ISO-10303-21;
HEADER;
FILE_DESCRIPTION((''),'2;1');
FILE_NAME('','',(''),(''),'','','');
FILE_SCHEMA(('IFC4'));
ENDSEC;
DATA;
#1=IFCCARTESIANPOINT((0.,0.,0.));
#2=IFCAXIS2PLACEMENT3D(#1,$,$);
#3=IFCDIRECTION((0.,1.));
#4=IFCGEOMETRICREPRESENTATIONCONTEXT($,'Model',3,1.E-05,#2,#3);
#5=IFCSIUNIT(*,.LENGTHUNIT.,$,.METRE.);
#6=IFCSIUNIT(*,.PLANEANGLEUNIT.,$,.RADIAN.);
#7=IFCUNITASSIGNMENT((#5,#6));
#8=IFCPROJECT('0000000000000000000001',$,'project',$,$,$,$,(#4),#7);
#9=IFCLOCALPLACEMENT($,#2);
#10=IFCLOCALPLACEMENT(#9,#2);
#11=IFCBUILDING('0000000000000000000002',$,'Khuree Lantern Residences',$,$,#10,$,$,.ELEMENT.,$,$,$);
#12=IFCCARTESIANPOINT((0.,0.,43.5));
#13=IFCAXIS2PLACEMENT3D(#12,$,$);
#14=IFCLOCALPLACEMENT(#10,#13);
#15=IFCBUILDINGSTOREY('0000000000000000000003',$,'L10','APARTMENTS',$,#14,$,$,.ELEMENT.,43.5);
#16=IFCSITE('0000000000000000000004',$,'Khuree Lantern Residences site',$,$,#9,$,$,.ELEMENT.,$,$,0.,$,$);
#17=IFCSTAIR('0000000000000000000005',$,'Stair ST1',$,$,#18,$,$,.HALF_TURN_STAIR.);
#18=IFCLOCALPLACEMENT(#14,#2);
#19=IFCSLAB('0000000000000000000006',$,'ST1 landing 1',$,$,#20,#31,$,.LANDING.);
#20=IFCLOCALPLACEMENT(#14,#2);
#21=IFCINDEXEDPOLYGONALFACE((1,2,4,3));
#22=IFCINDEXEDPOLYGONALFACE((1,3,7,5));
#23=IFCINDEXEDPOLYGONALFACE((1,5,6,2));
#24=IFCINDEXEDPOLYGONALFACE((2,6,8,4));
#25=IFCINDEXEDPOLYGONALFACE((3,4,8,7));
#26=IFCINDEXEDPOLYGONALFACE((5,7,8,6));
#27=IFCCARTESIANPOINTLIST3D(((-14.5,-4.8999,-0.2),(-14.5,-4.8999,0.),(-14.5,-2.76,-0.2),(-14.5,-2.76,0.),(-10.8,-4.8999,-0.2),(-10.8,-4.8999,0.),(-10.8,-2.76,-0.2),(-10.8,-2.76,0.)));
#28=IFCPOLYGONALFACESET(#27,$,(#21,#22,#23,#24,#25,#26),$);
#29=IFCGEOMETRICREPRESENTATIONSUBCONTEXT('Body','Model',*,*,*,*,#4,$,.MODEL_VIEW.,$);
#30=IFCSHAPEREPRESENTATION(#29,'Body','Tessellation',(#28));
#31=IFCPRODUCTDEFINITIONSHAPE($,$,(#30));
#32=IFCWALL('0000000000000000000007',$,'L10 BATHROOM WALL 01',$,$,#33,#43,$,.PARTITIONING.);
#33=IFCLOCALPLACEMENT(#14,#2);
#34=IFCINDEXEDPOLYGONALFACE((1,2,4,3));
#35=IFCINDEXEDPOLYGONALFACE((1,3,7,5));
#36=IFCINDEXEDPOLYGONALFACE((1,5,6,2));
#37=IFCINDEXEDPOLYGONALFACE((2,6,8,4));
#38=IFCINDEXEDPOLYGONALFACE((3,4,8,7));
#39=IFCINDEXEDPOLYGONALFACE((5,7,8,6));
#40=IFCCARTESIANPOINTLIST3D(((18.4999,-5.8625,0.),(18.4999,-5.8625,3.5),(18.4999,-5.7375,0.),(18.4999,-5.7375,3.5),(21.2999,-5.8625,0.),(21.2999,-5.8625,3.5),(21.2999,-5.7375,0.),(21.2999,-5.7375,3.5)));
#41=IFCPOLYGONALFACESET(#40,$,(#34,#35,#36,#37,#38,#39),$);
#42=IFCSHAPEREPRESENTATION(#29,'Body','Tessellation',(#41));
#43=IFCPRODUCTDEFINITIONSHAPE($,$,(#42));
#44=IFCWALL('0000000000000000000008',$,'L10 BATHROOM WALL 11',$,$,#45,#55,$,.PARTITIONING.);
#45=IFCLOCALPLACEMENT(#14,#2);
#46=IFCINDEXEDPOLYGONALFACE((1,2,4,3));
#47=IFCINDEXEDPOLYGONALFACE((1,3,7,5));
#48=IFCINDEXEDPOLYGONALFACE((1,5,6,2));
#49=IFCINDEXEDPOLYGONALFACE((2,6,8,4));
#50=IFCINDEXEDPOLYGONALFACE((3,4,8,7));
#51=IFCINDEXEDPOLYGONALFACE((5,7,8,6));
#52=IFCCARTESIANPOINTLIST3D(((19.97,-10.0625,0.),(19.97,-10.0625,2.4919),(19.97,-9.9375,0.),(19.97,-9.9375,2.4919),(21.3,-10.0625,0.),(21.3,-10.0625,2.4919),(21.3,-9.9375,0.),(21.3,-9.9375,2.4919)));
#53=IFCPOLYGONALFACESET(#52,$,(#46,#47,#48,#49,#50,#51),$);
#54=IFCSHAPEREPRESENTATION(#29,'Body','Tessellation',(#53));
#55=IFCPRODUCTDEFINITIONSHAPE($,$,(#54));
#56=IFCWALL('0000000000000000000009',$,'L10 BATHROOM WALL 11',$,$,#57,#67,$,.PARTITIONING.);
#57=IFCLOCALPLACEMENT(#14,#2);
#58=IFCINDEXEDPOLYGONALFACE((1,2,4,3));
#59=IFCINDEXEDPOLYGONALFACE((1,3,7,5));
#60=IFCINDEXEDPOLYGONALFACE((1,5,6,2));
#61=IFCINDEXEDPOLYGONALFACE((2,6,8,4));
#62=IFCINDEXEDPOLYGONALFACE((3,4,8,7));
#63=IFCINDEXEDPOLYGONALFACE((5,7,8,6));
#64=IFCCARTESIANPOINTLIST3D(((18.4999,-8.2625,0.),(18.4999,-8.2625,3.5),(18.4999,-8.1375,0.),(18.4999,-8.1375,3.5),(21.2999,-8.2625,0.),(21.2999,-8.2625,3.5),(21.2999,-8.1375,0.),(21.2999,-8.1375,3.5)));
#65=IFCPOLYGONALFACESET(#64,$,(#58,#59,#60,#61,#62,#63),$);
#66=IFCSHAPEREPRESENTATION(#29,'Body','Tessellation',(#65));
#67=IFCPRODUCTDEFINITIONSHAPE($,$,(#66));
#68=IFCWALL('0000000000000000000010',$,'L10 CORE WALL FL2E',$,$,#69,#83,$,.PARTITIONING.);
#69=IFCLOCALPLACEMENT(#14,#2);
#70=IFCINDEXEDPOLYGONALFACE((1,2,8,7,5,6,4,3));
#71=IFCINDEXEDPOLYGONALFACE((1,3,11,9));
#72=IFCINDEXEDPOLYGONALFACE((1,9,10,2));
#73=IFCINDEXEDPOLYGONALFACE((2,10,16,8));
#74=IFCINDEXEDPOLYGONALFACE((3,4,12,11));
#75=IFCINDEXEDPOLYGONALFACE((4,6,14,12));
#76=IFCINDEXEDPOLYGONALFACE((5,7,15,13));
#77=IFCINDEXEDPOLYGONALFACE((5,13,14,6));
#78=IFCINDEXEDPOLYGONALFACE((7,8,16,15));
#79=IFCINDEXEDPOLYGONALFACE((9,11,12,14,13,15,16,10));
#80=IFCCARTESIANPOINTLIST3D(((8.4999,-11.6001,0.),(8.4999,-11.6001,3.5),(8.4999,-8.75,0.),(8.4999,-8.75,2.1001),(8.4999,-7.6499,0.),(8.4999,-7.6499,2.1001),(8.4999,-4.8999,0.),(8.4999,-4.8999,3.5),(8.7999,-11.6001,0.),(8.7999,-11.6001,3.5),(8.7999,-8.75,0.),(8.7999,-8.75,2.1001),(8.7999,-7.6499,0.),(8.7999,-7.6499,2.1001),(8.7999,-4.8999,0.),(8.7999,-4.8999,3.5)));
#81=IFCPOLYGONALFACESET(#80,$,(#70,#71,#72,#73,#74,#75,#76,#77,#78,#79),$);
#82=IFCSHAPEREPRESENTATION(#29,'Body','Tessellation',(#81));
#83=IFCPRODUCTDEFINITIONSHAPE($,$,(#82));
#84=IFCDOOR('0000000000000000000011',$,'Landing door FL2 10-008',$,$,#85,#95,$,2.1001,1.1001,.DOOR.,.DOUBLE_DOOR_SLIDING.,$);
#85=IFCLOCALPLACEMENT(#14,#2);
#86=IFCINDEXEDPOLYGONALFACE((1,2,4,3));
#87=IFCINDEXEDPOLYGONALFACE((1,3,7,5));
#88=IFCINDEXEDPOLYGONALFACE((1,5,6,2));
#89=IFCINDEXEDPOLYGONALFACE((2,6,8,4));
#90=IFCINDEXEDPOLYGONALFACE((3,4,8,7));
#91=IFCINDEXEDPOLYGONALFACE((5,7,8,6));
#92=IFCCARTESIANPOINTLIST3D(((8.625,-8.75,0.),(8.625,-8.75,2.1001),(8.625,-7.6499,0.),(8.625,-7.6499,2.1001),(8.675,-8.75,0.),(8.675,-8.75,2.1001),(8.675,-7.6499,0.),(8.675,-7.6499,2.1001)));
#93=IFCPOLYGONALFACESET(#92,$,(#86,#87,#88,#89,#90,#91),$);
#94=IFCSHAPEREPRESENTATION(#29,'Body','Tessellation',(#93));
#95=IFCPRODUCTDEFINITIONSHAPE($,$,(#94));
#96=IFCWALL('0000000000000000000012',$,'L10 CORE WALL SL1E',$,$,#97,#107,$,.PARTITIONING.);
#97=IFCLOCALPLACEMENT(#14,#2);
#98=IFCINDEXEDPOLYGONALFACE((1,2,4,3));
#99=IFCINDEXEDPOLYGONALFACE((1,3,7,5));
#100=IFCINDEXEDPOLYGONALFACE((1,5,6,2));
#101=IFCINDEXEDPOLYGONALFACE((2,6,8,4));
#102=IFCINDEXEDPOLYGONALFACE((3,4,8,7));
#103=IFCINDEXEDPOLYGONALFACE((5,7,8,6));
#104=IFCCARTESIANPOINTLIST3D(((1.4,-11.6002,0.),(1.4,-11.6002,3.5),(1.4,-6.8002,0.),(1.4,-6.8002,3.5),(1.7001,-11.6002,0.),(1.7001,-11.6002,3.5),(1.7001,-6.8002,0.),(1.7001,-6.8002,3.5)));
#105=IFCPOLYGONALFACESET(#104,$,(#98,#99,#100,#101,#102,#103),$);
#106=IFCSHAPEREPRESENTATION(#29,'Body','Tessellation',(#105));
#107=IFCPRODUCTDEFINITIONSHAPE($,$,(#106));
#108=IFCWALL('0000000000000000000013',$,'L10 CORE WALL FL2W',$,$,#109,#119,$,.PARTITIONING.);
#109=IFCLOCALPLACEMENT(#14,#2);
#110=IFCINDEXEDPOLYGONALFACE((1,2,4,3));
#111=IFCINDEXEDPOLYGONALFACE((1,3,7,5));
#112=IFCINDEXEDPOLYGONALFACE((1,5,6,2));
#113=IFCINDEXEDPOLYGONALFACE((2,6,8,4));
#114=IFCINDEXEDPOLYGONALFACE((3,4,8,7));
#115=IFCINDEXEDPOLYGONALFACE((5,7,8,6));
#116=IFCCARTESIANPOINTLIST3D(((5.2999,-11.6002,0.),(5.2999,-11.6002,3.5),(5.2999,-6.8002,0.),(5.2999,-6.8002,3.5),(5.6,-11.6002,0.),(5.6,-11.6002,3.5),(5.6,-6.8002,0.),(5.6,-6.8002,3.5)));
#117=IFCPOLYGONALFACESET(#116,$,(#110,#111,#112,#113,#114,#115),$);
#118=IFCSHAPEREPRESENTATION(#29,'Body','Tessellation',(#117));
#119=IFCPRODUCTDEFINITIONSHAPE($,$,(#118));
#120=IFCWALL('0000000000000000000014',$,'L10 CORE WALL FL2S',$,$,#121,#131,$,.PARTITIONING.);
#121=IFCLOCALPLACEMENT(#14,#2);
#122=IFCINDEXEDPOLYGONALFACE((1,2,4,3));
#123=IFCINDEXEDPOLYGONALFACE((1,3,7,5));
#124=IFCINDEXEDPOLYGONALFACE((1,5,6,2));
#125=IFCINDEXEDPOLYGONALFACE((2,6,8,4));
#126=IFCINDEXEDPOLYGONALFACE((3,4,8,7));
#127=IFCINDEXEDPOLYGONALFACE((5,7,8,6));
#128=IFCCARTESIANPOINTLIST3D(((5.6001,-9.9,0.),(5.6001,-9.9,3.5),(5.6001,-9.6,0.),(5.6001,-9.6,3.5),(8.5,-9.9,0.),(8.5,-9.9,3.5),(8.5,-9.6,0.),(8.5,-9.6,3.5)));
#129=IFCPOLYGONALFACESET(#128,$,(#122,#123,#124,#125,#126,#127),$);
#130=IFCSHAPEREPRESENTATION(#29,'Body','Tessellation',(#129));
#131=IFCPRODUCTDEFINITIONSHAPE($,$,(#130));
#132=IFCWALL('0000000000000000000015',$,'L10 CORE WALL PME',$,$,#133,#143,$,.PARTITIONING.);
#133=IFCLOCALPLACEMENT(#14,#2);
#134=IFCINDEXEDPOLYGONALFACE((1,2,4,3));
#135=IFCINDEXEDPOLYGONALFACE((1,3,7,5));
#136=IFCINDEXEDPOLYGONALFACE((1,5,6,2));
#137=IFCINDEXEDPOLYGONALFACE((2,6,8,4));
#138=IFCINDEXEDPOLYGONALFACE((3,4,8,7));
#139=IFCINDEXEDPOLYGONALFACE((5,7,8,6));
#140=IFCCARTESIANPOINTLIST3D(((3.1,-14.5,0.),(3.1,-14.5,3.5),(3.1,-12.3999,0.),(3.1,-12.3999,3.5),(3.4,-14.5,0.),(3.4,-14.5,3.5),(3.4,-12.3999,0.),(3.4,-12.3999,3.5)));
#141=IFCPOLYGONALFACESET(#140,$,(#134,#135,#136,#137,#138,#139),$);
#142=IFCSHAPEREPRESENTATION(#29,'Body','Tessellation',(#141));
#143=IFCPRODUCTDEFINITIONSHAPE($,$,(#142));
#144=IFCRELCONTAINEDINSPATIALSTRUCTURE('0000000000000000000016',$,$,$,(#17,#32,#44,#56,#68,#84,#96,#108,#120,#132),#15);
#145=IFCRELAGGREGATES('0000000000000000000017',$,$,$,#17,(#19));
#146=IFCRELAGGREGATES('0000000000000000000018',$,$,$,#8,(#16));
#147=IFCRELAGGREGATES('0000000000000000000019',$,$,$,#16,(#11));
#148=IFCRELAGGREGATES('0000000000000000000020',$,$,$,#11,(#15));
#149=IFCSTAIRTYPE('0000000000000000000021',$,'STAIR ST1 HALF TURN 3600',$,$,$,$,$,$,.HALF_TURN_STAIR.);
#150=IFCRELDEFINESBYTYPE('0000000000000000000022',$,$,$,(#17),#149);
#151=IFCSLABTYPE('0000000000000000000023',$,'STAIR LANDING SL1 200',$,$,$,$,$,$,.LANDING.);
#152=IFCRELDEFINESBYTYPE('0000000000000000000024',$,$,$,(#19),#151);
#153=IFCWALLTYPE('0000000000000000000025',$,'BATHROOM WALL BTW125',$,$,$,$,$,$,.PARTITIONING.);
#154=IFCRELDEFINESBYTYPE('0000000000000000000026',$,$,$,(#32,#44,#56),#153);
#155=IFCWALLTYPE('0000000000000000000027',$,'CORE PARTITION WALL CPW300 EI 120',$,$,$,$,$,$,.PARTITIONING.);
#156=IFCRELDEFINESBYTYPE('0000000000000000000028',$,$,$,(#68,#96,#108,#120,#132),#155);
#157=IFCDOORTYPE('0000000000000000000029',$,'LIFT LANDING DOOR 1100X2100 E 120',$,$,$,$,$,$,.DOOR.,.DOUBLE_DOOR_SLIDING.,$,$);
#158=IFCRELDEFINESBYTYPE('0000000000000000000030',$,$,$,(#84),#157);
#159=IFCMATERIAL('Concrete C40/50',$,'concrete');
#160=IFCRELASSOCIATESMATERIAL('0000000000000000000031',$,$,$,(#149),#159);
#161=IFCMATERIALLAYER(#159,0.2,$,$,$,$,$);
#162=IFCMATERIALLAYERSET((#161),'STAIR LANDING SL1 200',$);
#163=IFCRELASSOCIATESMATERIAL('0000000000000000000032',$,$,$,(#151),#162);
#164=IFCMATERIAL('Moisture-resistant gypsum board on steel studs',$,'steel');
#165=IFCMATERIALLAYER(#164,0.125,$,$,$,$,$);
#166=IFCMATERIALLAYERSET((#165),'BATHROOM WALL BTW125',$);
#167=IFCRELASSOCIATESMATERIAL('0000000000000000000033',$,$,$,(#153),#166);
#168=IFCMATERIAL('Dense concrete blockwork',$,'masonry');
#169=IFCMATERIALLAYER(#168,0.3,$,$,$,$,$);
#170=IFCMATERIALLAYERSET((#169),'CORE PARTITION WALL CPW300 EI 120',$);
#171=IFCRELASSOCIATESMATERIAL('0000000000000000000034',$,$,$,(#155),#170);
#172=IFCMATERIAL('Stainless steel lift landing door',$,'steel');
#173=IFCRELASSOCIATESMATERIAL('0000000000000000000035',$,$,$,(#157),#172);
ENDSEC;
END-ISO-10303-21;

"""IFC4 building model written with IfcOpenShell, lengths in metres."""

from ifc_helpers import new_model, si_unit, direction, frame, frame_2d, origin, place, context, subcontext, project, spatial, polyline, rectangle, outline, extrude, material, layer, layer_set, type_object, element, fill, aggregate, save


model = new_model("IFC4")

# Units and contexts
model_context = context("Model", 3, precision=1e-05, world=origin(), true_north=direction((0.0, 1.0)))
body_context = subcontext(model_context, "Body", "Model", "MODEL_VIEW")
ifc_project = project(units=[si_unit("LENGTHUNIT", "METRE"), si_unit("PLANEANGLEUNIT", "RADIAN")], contexts=[model_context])

# Site, building, storey
site_placement = place(None, origin())
site = spatial("IfcSite", under=ifc_project, at=site_placement, Name="Khuree Lantern Residences site", CompositionType="ELEMENT", RefElevation=0.0)
building_placement = place(site_placement, origin())
building = spatial("IfcBuilding", under=site, at=building_placement, Name="Khuree Lantern Residences", CompositionType="ELEMENT")
storey_placement = place(building_placement, frame((0.0, 0.0, 43.5)))
storey = spatial("IfcBuildingStorey", under=building, at=storey_placement, Name="L10", Description="APARTMENTS", CompositionType="ELEMENT", Elevation=43.5)

# Stair, slab
ifc_material_1 = material(Name="Concrete C40/50", Category="concrete")
stair_type = type_object("IfcStairType", Name="STAIR ST1 HALF TURN 3600", PredefinedType="HALF_TURN_STAIR", material=ifc_material_1)
stair_1_placement = place(storey_placement, origin())
stair_1 = element("IfcStair", 1, at=stair_1_placement, inside=storey, type_object=stair_type, Name="Stair ST1", PredefinedType="HALF_TURN_STAIR")
ifc_layer_1 = layer(ifc_material_1, 0.2)
ifc_layer_set_1 = layer_set([ifc_layer_1], Name="STAIR LANDING SL1 200")
slab_type = type_object("IfcSlabType", Name="STAIR LANDING SL1 200", PredefinedType="LANDING", material=ifc_layer_set_1)
slab_placement = place(storey_placement, frame((0.0, 0.0, -0.2)))
slab = element("IfcSlab", 2, at=slab_placement, type_object=slab_type, Name="ST1 landing 1", PredefinedType="LANDING", context=body_context, shape_type="SweptSolid", body=[
    extrude(outline(polyline([(-14.5, -4.8999), (-10.8, -4.8999), (-10.8, -2.76), (-14.5, -2.76), (-14.5, -4.8999)])), origin(), (0.0, 0.0, 1.0), 0.2),
])
aggregate(stair_1, [slab])

# Walls
ifc_material_2 = material(Name="Moisture-resistant gypsum board on steel studs", Category="steel")
ifc_layer_2 = layer(ifc_material_2, 0.125)
ifc_layer_set_2 = layer_set([ifc_layer_2], Name="BATHROOM WALL BTW125")
wall_type_1 = type_object("IfcWallType", Name="BATHROOM WALL BTW125", PredefinedType="PARTITIONING", material=ifc_layer_set_2)
wall_1_placement = place(storey_placement, frame((18.5, -5.8, 0.0), z_axis=(0.0, 0.0, 1.0), x_axis=(1.0, 0.0, 0.0)))
element("IfcWall", 3, at=wall_1_placement, inside=storey, type_object=wall_type_1, Name="L10 BATHROOM WALL 01", PredefinedType="PARTITIONING", context=body_context, shape_type="SweptSolid", body=[
    extrude(rectangle(XDim=2.8, YDim=0.125, at=frame_2d((1.3999, 0.0))), origin(), (0.0, 0.0, 1.0), 3.5),
])
wall_2_placement = place(storey_placement, frame((19.97, -10.0, 0.0), z_axis=(0.0, 0.0, 1.0), x_axis=(1.0, 0.0, 0.0)))
element("IfcWall", 4, at=wall_2_placement, inside=storey, type_object=wall_type_1, Name="L10 BATHROOM WALL 11", PredefinedType="PARTITIONING", context=body_context, shape_type="SweptSolid", body=[
    extrude(rectangle(XDim=1.3301, YDim=0.125, at=frame_2d((0.665, 0.0))), origin(), (0.0, 0.0, 1.0), 2.4919),
])
wall_3_placement = place(storey_placement, frame((18.5, -8.2, 0.0), z_axis=(0.0, 0.0, 1.0), x_axis=(1.0, 0.0, 0.0)))
element("IfcWall", 5, at=wall_3_placement, inside=storey, type_object=wall_type_1, Name="L10 BATHROOM WALL 11", PredefinedType="PARTITIONING", context=body_context, shape_type="SweptSolid", body=[
    extrude(rectangle(XDim=2.8, YDim=0.125, at=frame_2d((1.3999, 0.0))), origin(), (0.0, 0.0, 1.0), 3.5),
])

# Wall, opening, door
ifc_material_3 = material(Name="Dense concrete blockwork", Category="masonry")
ifc_layer_3 = layer(ifc_material_3, 0.3)
ifc_layer_set_3 = layer_set([ifc_layer_3], Name="CORE PARTITION WALL CPW300 EI 120")
wall_type_2 = type_object("IfcWallType", Name="CORE PARTITION WALL CPW300 EI 120", PredefinedType="PARTITIONING", material=ifc_layer_set_3)
wall_4_placement = place(storey_placement, frame((8.6499, -11.6001, 0.0), z_axis=(0.0, 0.0, 1.0), x_axis=(0.0, 1.0, 0.0)))
wall_4 = element("IfcWall", 6, at=wall_4_placement, inside=storey, type_object=wall_type_2, Name="L10 CORE WALL FL2E", PredefinedType="PARTITIONING", context=body_context, shape_type="SweptSolid", body=[
    extrude(rectangle(XDim=6.7002, YDim=0.3, at=frame_2d((3.3501, 0.0))), origin(), (0.0, 0.0, 1.0), 3.5),
])
opening_1_placement = place(wall_4_placement, frame((2.8501, 0.0, 0.0)))
opening_1 = element("IfcOpeningElement", 7, at=opening_1_placement, cuts=wall_4, PredefinedType="OPENING", context=body_context, shape_type="SweptSolid", body=[
    extrude(rectangle(XDim=1.1001, YDim=2.1001, at=frame_2d((0.55, 1.05))), frame((0.0, 0.1602, 0.0), z_axis=(0.0, -1.0, 0.0), x_axis=(1.0, 0.0, 0.0)), (0.0, 0.0, 1.0), 0.3201),
])
ifc_material_4 = material(Name="Stainless steel lift landing door", Category="steel")
door_type_1 = type_object("IfcDoorType", Name="LIFT LANDING DOOR 1100X2100 E 120", OperationType="DOUBLE_DOOR_SLIDING", PredefinedType="DOOR", material=ifc_material_4)
door_1_placement = place(opening_1_placement, origin())
door_1 = element("IfcDoor", 8, at=door_1_placement, inside=storey, type_object=door_type_1, Name="Landing door FL2 10-008", OperationType="DOUBLE_DOOR_SLIDING", OverallHeight=2.1001, OverallWidth=1.1001, PredefinedType="DOOR", context=body_context, shape_type="SweptSolid", body=[
    extrude(rectangle(XDim=1.1001, YDim=2.1001, at=frame_2d((0.55, 1.05))), frame((0.0, 0.0249, 0.0), z_axis=(0.0, -1.0, 0.0), x_axis=(1.0, 0.0, 0.0)), (0.0, 0.0, 1.0), 0.05),
])
fill(opening_1, door_1)

# Walls
for number, where, z_axis, x_axis, name in (
    (9, (1.55, -11.6001, 0.0), (0.0, 0.0, 1.0), (0.0, 1.0, 0.0), "L10 CORE WALL SL1E"),
    (10, (5.45, -11.6001, 0.0), (0.0, 0.0, 1.0), (0.0, 1.0, 0.0), "L10 CORE WALL FL2W"),
):
    element("IfcWall", number, at=place(storey_placement, frame(where, z_axis=z_axis, x_axis=x_axis)), inside=storey, type_object=wall_type_2, Name=name, PredefinedType="PARTITIONING", context=body_context, shape_type="SweptSolid", body=[
        extrude(rectangle(XDim=4.8, YDim=0.3, at=frame_2d((2.3999, 0.0))), origin(), (0.0, 0.0, 1.0), 3.5),
    ])
wall_5_placement = place(storey_placement, frame((5.6001, -9.75, 0.0), z_axis=(0.0, 0.0, 1.0), x_axis=(1.0, 0.0, 0.0)))
element("IfcWall", 11, at=wall_5_placement, inside=storey, type_object=wall_type_2, Name="L10 CORE WALL FL2S", PredefinedType="PARTITIONING", context=body_context, shape_type="SweptSolid", body=[
    extrude(rectangle(XDim=2.8999, YDim=0.3, at=frame_2d((1.45, 0.0))), origin(), (0.0, 0.0, 1.0), 3.5),
])
wall_6_placement = place(storey_placement, frame((3.25, -14.5, 0.0), z_axis=(0.0, 0.0, 1.0), x_axis=(0.0, 1.0, 0.0)))
element("IfcWall", 12, at=wall_6_placement, inside=storey, type_object=wall_type_2, Name="L10 CORE WALL PME", PredefinedType="PARTITIONING", context=body_context, shape_type="SweptSolid", body=[
    extrude(rectangle(XDim=2.1001, YDim=0.3, at=frame_2d((1.05, 0.0))), origin(), (0.0, 0.0, 1.0), 3.5),
])

save(model, "model.ifc")
